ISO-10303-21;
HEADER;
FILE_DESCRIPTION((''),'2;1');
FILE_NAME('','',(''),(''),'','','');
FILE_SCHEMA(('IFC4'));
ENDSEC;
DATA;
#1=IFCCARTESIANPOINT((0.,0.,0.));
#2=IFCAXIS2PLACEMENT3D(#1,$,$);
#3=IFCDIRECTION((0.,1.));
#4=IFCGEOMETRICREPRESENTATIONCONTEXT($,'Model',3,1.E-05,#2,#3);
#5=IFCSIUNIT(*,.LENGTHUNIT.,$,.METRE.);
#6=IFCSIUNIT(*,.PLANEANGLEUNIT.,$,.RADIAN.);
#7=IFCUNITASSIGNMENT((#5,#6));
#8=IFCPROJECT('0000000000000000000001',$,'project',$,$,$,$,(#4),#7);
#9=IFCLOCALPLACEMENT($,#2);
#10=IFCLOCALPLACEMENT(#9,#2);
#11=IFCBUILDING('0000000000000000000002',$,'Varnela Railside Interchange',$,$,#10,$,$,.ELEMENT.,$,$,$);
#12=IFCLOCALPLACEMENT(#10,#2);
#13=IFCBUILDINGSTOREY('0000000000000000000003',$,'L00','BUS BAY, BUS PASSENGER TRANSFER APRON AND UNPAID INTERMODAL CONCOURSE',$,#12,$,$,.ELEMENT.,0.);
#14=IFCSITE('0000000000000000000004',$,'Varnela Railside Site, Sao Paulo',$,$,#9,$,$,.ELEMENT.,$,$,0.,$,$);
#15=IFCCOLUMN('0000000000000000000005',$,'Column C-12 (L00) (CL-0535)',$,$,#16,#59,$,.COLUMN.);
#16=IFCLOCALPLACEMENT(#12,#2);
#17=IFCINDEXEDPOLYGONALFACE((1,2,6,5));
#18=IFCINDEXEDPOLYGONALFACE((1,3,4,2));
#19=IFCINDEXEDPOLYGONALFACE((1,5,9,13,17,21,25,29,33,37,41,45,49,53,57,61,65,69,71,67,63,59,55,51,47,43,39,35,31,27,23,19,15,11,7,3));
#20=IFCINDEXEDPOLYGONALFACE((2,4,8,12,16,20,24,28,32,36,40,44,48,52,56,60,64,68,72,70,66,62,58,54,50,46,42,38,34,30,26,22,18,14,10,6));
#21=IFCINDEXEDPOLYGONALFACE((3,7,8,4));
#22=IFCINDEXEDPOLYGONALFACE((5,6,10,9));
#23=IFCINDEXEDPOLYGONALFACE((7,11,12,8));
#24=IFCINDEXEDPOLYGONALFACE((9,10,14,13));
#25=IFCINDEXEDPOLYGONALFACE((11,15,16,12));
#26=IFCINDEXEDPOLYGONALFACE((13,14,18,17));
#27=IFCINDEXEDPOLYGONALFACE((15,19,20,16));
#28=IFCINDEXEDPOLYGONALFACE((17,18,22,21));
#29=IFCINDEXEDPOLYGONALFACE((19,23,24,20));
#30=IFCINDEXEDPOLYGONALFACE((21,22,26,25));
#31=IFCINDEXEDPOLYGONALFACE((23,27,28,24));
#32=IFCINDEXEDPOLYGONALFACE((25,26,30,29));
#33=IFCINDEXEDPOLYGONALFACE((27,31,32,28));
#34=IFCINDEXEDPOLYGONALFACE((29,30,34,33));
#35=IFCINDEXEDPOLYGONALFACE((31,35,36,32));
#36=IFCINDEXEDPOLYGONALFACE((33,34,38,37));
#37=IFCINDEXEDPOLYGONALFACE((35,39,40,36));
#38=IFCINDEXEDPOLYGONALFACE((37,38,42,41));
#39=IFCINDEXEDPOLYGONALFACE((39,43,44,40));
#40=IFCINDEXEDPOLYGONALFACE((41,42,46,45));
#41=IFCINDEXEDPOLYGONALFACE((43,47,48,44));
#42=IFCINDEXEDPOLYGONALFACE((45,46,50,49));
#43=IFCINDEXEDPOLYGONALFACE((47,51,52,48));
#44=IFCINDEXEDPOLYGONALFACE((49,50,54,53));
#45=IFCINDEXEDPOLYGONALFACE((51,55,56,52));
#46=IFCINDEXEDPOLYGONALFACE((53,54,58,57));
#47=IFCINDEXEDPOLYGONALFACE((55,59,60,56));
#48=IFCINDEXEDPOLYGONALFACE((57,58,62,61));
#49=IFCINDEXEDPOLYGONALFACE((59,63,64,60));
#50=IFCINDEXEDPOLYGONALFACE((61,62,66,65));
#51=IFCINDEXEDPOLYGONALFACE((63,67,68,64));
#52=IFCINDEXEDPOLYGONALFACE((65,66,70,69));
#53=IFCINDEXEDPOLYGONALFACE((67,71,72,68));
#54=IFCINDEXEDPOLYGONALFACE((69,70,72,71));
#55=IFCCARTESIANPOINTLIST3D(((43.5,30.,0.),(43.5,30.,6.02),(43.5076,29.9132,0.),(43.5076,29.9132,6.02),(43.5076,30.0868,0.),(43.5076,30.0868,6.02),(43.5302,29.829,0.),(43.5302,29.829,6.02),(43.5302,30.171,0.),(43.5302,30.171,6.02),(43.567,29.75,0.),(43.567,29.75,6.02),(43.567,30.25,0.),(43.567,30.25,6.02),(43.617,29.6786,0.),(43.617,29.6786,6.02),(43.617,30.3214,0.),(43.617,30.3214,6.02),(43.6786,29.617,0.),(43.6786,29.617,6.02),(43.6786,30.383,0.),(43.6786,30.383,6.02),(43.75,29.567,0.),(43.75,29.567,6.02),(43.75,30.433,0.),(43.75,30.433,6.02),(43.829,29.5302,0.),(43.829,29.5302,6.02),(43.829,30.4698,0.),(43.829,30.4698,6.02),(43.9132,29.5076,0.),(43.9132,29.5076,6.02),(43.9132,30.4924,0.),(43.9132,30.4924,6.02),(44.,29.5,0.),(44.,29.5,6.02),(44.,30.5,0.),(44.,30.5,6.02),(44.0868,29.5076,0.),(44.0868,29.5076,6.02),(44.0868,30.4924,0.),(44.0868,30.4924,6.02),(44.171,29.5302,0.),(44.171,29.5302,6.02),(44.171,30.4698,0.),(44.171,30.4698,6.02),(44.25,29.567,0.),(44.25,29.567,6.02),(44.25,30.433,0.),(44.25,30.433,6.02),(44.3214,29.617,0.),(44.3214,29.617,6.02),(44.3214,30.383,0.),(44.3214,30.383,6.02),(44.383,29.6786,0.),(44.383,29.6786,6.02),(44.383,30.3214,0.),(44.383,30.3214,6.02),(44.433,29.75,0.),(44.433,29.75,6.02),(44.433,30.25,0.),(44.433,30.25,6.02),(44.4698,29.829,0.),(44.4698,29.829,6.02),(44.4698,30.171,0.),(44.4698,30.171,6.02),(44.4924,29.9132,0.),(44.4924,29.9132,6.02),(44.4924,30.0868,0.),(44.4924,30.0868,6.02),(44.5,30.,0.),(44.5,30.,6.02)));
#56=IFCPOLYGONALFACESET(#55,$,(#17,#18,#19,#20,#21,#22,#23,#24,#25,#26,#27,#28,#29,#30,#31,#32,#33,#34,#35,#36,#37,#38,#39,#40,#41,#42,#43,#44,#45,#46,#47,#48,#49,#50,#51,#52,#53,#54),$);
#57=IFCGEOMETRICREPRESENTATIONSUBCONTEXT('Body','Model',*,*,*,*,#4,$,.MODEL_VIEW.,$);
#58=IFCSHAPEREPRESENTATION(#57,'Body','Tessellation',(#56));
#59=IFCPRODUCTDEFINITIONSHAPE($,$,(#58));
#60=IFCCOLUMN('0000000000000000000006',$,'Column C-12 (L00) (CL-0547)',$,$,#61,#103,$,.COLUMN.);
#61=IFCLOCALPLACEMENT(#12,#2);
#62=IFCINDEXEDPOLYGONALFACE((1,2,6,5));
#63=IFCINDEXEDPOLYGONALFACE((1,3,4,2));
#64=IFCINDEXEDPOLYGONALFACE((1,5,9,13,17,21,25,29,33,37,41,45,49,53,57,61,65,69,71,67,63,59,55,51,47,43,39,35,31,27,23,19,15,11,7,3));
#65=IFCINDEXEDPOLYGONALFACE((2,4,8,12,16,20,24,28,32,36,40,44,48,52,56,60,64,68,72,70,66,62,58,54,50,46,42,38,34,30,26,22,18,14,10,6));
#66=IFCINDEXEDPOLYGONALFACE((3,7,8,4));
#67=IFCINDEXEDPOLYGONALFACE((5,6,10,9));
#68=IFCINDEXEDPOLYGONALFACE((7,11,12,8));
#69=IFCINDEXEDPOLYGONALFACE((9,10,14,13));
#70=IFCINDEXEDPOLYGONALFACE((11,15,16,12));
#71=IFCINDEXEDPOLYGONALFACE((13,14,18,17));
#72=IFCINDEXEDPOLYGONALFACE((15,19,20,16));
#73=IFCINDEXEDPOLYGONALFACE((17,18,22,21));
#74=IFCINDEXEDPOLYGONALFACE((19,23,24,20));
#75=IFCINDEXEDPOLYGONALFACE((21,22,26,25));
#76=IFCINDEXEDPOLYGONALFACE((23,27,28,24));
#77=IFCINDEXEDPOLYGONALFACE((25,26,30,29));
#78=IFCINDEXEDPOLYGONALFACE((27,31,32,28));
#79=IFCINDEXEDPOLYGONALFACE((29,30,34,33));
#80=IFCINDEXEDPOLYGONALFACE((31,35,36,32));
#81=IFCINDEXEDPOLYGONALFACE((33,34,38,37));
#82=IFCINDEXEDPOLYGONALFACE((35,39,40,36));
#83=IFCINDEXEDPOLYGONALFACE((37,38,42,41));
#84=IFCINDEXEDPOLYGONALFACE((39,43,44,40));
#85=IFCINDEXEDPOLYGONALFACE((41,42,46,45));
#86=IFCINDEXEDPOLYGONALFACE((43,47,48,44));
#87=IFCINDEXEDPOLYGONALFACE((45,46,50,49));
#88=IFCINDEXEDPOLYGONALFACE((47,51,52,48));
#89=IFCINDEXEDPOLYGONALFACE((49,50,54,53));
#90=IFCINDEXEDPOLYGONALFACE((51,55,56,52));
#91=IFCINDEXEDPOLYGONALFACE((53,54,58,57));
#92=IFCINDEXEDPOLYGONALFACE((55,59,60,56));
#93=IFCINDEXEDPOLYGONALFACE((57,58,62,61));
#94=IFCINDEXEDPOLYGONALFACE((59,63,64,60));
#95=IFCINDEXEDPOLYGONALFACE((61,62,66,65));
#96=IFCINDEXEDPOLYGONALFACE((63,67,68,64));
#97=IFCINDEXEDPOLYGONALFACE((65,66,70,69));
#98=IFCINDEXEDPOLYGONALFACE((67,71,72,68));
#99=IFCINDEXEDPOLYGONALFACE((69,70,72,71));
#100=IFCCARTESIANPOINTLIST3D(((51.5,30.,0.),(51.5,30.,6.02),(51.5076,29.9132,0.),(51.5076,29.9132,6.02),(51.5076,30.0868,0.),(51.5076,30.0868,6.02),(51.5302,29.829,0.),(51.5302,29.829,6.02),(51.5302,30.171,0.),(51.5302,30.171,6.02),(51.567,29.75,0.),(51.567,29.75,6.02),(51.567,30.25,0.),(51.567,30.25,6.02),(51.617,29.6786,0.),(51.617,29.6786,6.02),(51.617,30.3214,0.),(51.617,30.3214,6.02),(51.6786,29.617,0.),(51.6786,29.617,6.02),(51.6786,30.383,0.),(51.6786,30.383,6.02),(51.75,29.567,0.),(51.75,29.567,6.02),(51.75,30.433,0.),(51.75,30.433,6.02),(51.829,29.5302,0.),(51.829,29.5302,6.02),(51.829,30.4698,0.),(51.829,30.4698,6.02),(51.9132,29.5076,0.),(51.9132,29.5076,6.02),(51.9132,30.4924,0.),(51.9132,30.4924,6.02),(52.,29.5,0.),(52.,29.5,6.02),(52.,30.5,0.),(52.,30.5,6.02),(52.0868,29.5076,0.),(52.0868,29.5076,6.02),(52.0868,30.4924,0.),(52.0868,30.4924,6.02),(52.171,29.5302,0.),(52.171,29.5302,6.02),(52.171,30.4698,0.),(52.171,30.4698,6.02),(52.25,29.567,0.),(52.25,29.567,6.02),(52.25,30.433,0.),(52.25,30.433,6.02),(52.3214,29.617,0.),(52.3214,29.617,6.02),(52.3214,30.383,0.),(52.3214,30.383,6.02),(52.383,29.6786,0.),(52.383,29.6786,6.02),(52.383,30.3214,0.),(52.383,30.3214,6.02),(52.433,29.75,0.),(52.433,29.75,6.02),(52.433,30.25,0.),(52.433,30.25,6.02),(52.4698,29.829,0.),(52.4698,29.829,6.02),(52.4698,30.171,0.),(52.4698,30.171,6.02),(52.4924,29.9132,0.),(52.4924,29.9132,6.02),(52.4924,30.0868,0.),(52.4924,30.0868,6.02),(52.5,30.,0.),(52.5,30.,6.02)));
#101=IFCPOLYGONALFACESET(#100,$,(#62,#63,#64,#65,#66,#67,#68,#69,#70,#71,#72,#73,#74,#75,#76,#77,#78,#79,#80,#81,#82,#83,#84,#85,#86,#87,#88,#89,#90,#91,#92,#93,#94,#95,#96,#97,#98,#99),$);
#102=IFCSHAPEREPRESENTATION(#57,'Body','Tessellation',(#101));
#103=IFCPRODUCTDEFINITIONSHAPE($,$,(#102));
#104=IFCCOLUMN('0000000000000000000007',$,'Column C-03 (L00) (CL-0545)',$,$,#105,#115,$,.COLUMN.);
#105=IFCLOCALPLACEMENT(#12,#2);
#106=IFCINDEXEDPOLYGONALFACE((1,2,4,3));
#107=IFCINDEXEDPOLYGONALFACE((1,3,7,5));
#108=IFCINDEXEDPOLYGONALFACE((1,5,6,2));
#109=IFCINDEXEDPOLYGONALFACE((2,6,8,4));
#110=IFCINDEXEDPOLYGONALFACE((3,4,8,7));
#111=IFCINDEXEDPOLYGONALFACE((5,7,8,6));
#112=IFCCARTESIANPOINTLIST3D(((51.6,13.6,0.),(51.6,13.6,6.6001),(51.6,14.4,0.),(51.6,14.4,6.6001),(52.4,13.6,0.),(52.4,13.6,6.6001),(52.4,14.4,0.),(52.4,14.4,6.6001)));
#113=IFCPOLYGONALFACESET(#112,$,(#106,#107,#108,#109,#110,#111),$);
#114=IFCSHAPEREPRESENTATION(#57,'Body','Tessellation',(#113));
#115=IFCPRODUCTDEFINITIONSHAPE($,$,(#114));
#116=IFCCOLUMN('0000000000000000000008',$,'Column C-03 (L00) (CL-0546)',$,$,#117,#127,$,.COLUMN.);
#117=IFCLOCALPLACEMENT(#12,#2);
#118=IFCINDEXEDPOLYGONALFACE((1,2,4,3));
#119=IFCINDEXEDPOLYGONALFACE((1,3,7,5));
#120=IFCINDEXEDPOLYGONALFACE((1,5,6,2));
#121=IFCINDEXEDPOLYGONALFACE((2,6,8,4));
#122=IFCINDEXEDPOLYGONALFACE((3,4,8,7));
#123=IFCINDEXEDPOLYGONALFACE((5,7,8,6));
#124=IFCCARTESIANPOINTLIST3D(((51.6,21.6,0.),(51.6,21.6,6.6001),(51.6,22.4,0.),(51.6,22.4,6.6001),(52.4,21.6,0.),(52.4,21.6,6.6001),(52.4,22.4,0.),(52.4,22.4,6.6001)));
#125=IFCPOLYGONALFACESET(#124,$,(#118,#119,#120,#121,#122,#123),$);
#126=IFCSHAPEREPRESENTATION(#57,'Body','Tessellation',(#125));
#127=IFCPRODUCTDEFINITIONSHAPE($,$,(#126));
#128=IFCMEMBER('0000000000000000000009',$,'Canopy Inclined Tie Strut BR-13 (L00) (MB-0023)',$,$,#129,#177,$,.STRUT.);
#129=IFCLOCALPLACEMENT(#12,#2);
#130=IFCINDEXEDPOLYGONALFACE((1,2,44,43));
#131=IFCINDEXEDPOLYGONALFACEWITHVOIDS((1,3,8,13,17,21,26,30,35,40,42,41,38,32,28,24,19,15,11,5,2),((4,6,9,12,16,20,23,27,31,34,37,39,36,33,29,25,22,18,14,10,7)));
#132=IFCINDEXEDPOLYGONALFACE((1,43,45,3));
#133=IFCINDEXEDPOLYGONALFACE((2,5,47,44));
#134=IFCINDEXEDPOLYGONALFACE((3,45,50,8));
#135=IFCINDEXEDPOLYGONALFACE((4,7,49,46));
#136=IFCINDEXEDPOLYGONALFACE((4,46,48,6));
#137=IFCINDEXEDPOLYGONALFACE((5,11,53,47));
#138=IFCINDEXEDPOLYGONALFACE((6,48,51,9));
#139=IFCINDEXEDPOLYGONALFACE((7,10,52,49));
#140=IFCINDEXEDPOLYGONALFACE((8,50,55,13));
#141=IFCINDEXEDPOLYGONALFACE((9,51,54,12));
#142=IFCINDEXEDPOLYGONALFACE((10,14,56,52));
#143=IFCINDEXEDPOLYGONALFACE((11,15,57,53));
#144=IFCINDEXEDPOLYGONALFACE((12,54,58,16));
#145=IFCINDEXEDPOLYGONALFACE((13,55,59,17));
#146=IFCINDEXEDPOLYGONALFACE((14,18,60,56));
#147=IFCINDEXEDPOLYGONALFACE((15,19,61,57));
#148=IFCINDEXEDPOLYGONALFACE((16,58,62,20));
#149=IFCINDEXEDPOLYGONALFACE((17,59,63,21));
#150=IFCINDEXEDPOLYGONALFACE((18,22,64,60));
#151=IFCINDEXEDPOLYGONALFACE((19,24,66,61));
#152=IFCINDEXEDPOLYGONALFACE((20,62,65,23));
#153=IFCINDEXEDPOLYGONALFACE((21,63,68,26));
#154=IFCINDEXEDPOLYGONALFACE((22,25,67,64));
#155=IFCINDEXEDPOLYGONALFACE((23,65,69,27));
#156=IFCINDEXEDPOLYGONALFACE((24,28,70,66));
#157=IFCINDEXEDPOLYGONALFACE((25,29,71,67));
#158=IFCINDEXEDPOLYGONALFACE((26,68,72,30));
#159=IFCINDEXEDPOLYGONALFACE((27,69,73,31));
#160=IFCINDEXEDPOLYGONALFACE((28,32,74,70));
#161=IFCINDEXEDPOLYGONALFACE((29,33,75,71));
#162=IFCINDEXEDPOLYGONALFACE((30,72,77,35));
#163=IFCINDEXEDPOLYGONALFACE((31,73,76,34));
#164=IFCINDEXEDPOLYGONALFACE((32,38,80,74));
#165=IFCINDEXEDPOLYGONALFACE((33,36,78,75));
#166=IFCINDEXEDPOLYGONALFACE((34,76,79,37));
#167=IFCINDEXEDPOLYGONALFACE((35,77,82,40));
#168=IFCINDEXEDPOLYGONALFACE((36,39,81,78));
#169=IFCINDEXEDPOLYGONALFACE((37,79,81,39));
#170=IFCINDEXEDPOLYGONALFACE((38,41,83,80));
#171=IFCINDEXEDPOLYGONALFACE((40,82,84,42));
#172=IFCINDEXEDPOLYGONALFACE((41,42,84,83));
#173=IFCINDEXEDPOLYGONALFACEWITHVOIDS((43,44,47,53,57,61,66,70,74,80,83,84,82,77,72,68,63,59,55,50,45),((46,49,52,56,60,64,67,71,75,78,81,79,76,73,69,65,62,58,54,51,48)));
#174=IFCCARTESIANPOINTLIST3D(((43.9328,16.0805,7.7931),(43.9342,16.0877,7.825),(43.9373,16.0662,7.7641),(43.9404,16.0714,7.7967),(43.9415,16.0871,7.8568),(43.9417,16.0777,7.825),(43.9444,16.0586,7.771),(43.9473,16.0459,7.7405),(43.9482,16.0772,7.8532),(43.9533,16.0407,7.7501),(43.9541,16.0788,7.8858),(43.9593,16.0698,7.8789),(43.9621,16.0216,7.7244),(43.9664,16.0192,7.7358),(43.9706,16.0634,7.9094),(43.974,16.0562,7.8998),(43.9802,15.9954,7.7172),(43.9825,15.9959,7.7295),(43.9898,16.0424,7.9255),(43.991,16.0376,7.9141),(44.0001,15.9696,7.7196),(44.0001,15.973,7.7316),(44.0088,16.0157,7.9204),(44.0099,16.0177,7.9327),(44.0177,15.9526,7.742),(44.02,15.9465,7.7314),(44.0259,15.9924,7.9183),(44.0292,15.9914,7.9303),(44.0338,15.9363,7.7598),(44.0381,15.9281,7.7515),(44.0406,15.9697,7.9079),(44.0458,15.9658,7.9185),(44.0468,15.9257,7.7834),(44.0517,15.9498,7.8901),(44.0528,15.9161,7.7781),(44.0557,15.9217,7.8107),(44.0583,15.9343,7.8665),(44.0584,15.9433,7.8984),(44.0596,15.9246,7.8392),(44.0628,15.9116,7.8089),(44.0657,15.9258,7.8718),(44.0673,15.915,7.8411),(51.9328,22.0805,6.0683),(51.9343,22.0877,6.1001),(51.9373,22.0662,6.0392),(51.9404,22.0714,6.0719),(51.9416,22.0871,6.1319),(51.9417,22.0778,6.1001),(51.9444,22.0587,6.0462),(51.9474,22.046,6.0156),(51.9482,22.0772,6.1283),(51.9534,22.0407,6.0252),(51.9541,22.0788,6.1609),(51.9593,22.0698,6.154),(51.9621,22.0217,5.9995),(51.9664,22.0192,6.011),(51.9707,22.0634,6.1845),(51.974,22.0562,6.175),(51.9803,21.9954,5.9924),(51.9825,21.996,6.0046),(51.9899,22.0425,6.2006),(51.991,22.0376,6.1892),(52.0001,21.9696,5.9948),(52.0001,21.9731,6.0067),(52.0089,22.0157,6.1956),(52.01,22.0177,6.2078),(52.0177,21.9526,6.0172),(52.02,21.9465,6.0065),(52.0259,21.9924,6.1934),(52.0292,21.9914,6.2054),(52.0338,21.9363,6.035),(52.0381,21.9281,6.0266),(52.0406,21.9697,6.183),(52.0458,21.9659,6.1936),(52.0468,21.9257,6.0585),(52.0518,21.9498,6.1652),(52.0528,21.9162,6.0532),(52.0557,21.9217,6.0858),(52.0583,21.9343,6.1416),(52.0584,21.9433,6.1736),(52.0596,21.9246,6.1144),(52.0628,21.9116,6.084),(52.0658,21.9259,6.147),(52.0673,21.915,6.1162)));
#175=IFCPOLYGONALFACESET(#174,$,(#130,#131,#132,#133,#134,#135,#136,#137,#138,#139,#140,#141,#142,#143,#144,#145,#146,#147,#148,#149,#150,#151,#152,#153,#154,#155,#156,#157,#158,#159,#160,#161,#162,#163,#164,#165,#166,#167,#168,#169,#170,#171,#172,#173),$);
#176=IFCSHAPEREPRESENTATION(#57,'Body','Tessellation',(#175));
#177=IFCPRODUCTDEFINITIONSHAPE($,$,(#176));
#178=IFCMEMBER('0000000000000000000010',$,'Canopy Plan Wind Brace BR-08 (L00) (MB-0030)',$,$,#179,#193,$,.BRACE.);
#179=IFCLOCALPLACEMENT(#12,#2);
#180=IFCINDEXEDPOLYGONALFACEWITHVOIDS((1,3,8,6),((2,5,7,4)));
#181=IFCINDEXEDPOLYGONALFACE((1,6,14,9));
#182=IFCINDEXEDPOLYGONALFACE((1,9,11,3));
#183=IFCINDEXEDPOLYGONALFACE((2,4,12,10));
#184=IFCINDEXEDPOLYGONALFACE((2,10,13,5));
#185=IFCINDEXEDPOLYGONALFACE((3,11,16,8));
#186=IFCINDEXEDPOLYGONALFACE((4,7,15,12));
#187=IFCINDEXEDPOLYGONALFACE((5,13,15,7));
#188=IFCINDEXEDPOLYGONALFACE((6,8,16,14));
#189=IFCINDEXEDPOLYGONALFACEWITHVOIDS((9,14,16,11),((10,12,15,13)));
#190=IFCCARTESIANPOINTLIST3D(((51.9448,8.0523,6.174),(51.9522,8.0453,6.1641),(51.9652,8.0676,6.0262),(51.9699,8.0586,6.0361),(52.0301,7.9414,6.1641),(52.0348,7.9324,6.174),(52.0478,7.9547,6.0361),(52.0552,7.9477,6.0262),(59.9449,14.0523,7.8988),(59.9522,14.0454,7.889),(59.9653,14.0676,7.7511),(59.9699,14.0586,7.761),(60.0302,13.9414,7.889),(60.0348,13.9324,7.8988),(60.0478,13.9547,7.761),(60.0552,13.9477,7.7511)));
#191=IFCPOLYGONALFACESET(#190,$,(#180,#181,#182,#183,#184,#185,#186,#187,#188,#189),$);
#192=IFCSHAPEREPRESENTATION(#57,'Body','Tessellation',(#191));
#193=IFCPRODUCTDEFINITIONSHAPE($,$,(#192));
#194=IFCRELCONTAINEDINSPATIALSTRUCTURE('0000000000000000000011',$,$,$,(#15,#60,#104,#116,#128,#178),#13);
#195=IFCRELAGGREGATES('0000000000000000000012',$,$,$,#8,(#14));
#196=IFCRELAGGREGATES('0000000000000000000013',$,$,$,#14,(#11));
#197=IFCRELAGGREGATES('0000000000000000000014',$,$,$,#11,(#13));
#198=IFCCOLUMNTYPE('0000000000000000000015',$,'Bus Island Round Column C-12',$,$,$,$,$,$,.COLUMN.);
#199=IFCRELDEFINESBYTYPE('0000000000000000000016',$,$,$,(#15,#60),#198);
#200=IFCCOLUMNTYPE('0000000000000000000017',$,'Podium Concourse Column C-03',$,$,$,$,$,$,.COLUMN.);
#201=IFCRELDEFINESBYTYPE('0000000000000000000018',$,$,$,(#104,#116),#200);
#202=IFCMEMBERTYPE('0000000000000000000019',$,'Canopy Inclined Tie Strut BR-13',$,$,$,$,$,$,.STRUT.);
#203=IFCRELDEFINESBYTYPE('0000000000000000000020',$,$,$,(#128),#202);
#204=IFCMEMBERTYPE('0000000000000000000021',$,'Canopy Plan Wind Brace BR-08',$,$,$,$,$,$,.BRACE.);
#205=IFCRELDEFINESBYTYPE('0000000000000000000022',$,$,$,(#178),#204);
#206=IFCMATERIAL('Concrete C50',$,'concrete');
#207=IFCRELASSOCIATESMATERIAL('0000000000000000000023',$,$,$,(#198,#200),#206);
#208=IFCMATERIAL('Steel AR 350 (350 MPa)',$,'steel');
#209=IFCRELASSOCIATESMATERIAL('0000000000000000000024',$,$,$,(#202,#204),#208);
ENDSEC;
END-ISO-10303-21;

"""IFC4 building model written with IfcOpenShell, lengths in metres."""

from ifc_helpers import new_model, si_unit, direction, frame, origin, origin_2d, place, context, subcontext, project, spatial, rectangle, hollow_rectangle, circle, hollow_circle, extrude, material, material_profile, profile_set, type_object, element, save


model = new_model("IFC4")

# Units and contexts
model_context = context("Model", 3, precision=1e-05, world=origin(), true_north=direction((0.0, 1.0)))
body_context = subcontext(model_context, "Body", "Model", "MODEL_VIEW")
ifc_project = project(units=[si_unit("LENGTHUNIT", "METRE"), si_unit("PLANEANGLEUNIT", "RADIAN")], contexts=[model_context])

# Site, building, storey
site_placement = place(None, origin())
site = spatial("IfcSite", under=ifc_project, at=site_placement, Name="Varnela Railside Site, Sao Paulo", CompositionType="ELEMENT", RefElevation=0.0)
building_placement = place(site_placement, origin())
building = spatial("IfcBuilding", under=site, at=building_placement, Name="Varnela Railside Interchange", CompositionType="ELEMENT")
storey_placement = place(building_placement, origin())
storey = spatial("IfcBuildingStorey", under=building, at=storey_placement, Name="L00", Description="BUS BAY, BUS PASSENGER TRANSFER APRON AND UNPAID INTERMODAL CONCOURSE", CompositionType="ELEMENT", Elevation=0.0)

# Columns
ifc_material_1 = material(Name="Concrete C50", Category="concrete")
ifc_material_profile_1 = material_profile(ifc_material_1, circle(Radius=0.5, at=origin_2d()), Name="CIRC D1000")
ifc_profile_set_1 = profile_set([ifc_material_profile_1], Name="Concrete C50")
column_type_1 = type_object("IfcColumnType", Name="Bus Island Round Column C-12", PredefinedType="COLUMN", material=ifc_profile_set_1)
for number, where, z_axis, x_axis, name in (
    (1, (44.0, 30.0, 0.0), (0.0, 0.0, 1.0), (1.0, 0.0, 0.0), "Column C-12 (L00) (CL-0535)"),
    (2, (52.0, 30.0, 0.0), (0.0, 0.0, 1.0), (1.0, 0.0, 0.0), "Column C-12 (L00) (CL-0547)"),
):
    element("IfcColumn", number, at=place(storey_placement, frame(where, z_axis=z_axis, x_axis=x_axis)), inside=storey, type_object=column_type_1, Name=name, PredefinedType="COLUMN", context=body_context, shape_type="SweptSolid", body=[
        extrude(circle(Radius=0.5, at=origin_2d()), origin(), (0.0, 0.0, 1.0), 6.02),
    ])
ifc_material_profile_2 = material_profile(ifc_material_1, rectangle(XDim=0.8, YDim=0.8, at=origin_2d()), Name="RC 800x800")
ifc_profile_set_2 = profile_set([ifc_material_profile_2], Name="Concrete C50")
column_type_2 = type_object("IfcColumnType", Name="Podium Concourse Column C-03", PredefinedType="COLUMN", material=ifc_profile_set_2)
for number, where, z_axis, x_axis, name in (
    (3, (52.0, 14.0, 0.0), (0.0, 0.0, 1.0), (1.0, 0.0, 0.0), "Column C-03 (L00) (CL-0545)"),
    (4, (52.0, 22.0, 0.0), (0.0, 0.0, 1.0), (1.0, 0.0, 0.0), "Column C-03 (L00) (CL-0546)"),
):
    element("IfcColumn", number, at=place(storey_placement, frame(where, z_axis=z_axis, x_axis=x_axis)), inside=storey, type_object=column_type_2, Name=name, PredefinedType="COLUMN", context=body_context, shape_type="SweptSolid", body=[
        extrude(rectangle(XDim=0.8, YDim=0.8, at=origin_2d()), origin(), (0.0, 0.0, 1.0), 6.6001),
    ])

# Members
ifc_material_2 = material(Name="Steel AR 350 (350 MPa)", Category="steel")
ifc_material_profile_3 = material_profile(ifc_material_2, hollow_circle(Radius=0.1096, WallThickness=0.0125, at=origin_2d()), Name="CHS 219.1x12.5")
ifc_profile_set_3 = profile_set([ifc_material_profile_3], Name="Steel AR 350 (350 MPa)")
member_type_1 = type_object("IfcMemberType", Name="Canopy Inclined Tie Strut BR-13", PredefinedType="STRUT", material=ifc_profile_set_3)
member_1_placement = place(storey_placement, frame((44.0, 16.0, 7.825), z_axis=(0.788359, 0.591269, -0.169975), x_axis=(-0.6, 0.8, 0.0)))
element("IfcMember", 5, at=member_1_placement, inside=storey, type_object=member_type_1, Name="Canopy Inclined Tie Strut BR-13 (L00) (MB-0023)", PredefinedType="STRUT", context=body_context, shape_type="SweptSolid", body=[
    extrude(hollow_circle(Radius=0.1096, WallThickness=0.0125, at=origin_2d()), origin(), (0.0, 0.0, 1.0), 10.1477),
])
ifc_material_profile_4 = material_profile(ifc_material_2, hollow_rectangle(XDim=0.1499, YDim=0.1499, WallThickness=0.01, at=origin_2d()), Name="HSS 150x150x10")
ifc_profile_set_4 = profile_set([ifc_material_profile_4], Name="Steel AR 350 (350 MPa)")
member_type_2 = type_object("IfcMemberType", Name="Canopy Plan Wind Brace BR-08", PredefinedType="BRACE", material=ifc_profile_set_4)
member_2_placement = place(storey_placement, frame((52.0, 8.0, 6.1001), z_axis=(0.788359, 0.591269, 0.169975), x_axis=(-0.6, 0.8, 0.0)))
element("IfcMember", 6, at=member_2_placement, inside=storey, type_object=member_type_2, Name="Canopy Plan Wind Brace BR-08 (L00) (MB-0030)", PredefinedType="BRACE", context=body_context, shape_type="SweptSolid", body=[
    extrude(hollow_rectangle(XDim=0.1499, YDim=0.1499, WallThickness=0.01, at=origin_2d()), origin(), (0.0, 0.0, 1.0), 10.1477),
])

save(model, "model.ifc")
